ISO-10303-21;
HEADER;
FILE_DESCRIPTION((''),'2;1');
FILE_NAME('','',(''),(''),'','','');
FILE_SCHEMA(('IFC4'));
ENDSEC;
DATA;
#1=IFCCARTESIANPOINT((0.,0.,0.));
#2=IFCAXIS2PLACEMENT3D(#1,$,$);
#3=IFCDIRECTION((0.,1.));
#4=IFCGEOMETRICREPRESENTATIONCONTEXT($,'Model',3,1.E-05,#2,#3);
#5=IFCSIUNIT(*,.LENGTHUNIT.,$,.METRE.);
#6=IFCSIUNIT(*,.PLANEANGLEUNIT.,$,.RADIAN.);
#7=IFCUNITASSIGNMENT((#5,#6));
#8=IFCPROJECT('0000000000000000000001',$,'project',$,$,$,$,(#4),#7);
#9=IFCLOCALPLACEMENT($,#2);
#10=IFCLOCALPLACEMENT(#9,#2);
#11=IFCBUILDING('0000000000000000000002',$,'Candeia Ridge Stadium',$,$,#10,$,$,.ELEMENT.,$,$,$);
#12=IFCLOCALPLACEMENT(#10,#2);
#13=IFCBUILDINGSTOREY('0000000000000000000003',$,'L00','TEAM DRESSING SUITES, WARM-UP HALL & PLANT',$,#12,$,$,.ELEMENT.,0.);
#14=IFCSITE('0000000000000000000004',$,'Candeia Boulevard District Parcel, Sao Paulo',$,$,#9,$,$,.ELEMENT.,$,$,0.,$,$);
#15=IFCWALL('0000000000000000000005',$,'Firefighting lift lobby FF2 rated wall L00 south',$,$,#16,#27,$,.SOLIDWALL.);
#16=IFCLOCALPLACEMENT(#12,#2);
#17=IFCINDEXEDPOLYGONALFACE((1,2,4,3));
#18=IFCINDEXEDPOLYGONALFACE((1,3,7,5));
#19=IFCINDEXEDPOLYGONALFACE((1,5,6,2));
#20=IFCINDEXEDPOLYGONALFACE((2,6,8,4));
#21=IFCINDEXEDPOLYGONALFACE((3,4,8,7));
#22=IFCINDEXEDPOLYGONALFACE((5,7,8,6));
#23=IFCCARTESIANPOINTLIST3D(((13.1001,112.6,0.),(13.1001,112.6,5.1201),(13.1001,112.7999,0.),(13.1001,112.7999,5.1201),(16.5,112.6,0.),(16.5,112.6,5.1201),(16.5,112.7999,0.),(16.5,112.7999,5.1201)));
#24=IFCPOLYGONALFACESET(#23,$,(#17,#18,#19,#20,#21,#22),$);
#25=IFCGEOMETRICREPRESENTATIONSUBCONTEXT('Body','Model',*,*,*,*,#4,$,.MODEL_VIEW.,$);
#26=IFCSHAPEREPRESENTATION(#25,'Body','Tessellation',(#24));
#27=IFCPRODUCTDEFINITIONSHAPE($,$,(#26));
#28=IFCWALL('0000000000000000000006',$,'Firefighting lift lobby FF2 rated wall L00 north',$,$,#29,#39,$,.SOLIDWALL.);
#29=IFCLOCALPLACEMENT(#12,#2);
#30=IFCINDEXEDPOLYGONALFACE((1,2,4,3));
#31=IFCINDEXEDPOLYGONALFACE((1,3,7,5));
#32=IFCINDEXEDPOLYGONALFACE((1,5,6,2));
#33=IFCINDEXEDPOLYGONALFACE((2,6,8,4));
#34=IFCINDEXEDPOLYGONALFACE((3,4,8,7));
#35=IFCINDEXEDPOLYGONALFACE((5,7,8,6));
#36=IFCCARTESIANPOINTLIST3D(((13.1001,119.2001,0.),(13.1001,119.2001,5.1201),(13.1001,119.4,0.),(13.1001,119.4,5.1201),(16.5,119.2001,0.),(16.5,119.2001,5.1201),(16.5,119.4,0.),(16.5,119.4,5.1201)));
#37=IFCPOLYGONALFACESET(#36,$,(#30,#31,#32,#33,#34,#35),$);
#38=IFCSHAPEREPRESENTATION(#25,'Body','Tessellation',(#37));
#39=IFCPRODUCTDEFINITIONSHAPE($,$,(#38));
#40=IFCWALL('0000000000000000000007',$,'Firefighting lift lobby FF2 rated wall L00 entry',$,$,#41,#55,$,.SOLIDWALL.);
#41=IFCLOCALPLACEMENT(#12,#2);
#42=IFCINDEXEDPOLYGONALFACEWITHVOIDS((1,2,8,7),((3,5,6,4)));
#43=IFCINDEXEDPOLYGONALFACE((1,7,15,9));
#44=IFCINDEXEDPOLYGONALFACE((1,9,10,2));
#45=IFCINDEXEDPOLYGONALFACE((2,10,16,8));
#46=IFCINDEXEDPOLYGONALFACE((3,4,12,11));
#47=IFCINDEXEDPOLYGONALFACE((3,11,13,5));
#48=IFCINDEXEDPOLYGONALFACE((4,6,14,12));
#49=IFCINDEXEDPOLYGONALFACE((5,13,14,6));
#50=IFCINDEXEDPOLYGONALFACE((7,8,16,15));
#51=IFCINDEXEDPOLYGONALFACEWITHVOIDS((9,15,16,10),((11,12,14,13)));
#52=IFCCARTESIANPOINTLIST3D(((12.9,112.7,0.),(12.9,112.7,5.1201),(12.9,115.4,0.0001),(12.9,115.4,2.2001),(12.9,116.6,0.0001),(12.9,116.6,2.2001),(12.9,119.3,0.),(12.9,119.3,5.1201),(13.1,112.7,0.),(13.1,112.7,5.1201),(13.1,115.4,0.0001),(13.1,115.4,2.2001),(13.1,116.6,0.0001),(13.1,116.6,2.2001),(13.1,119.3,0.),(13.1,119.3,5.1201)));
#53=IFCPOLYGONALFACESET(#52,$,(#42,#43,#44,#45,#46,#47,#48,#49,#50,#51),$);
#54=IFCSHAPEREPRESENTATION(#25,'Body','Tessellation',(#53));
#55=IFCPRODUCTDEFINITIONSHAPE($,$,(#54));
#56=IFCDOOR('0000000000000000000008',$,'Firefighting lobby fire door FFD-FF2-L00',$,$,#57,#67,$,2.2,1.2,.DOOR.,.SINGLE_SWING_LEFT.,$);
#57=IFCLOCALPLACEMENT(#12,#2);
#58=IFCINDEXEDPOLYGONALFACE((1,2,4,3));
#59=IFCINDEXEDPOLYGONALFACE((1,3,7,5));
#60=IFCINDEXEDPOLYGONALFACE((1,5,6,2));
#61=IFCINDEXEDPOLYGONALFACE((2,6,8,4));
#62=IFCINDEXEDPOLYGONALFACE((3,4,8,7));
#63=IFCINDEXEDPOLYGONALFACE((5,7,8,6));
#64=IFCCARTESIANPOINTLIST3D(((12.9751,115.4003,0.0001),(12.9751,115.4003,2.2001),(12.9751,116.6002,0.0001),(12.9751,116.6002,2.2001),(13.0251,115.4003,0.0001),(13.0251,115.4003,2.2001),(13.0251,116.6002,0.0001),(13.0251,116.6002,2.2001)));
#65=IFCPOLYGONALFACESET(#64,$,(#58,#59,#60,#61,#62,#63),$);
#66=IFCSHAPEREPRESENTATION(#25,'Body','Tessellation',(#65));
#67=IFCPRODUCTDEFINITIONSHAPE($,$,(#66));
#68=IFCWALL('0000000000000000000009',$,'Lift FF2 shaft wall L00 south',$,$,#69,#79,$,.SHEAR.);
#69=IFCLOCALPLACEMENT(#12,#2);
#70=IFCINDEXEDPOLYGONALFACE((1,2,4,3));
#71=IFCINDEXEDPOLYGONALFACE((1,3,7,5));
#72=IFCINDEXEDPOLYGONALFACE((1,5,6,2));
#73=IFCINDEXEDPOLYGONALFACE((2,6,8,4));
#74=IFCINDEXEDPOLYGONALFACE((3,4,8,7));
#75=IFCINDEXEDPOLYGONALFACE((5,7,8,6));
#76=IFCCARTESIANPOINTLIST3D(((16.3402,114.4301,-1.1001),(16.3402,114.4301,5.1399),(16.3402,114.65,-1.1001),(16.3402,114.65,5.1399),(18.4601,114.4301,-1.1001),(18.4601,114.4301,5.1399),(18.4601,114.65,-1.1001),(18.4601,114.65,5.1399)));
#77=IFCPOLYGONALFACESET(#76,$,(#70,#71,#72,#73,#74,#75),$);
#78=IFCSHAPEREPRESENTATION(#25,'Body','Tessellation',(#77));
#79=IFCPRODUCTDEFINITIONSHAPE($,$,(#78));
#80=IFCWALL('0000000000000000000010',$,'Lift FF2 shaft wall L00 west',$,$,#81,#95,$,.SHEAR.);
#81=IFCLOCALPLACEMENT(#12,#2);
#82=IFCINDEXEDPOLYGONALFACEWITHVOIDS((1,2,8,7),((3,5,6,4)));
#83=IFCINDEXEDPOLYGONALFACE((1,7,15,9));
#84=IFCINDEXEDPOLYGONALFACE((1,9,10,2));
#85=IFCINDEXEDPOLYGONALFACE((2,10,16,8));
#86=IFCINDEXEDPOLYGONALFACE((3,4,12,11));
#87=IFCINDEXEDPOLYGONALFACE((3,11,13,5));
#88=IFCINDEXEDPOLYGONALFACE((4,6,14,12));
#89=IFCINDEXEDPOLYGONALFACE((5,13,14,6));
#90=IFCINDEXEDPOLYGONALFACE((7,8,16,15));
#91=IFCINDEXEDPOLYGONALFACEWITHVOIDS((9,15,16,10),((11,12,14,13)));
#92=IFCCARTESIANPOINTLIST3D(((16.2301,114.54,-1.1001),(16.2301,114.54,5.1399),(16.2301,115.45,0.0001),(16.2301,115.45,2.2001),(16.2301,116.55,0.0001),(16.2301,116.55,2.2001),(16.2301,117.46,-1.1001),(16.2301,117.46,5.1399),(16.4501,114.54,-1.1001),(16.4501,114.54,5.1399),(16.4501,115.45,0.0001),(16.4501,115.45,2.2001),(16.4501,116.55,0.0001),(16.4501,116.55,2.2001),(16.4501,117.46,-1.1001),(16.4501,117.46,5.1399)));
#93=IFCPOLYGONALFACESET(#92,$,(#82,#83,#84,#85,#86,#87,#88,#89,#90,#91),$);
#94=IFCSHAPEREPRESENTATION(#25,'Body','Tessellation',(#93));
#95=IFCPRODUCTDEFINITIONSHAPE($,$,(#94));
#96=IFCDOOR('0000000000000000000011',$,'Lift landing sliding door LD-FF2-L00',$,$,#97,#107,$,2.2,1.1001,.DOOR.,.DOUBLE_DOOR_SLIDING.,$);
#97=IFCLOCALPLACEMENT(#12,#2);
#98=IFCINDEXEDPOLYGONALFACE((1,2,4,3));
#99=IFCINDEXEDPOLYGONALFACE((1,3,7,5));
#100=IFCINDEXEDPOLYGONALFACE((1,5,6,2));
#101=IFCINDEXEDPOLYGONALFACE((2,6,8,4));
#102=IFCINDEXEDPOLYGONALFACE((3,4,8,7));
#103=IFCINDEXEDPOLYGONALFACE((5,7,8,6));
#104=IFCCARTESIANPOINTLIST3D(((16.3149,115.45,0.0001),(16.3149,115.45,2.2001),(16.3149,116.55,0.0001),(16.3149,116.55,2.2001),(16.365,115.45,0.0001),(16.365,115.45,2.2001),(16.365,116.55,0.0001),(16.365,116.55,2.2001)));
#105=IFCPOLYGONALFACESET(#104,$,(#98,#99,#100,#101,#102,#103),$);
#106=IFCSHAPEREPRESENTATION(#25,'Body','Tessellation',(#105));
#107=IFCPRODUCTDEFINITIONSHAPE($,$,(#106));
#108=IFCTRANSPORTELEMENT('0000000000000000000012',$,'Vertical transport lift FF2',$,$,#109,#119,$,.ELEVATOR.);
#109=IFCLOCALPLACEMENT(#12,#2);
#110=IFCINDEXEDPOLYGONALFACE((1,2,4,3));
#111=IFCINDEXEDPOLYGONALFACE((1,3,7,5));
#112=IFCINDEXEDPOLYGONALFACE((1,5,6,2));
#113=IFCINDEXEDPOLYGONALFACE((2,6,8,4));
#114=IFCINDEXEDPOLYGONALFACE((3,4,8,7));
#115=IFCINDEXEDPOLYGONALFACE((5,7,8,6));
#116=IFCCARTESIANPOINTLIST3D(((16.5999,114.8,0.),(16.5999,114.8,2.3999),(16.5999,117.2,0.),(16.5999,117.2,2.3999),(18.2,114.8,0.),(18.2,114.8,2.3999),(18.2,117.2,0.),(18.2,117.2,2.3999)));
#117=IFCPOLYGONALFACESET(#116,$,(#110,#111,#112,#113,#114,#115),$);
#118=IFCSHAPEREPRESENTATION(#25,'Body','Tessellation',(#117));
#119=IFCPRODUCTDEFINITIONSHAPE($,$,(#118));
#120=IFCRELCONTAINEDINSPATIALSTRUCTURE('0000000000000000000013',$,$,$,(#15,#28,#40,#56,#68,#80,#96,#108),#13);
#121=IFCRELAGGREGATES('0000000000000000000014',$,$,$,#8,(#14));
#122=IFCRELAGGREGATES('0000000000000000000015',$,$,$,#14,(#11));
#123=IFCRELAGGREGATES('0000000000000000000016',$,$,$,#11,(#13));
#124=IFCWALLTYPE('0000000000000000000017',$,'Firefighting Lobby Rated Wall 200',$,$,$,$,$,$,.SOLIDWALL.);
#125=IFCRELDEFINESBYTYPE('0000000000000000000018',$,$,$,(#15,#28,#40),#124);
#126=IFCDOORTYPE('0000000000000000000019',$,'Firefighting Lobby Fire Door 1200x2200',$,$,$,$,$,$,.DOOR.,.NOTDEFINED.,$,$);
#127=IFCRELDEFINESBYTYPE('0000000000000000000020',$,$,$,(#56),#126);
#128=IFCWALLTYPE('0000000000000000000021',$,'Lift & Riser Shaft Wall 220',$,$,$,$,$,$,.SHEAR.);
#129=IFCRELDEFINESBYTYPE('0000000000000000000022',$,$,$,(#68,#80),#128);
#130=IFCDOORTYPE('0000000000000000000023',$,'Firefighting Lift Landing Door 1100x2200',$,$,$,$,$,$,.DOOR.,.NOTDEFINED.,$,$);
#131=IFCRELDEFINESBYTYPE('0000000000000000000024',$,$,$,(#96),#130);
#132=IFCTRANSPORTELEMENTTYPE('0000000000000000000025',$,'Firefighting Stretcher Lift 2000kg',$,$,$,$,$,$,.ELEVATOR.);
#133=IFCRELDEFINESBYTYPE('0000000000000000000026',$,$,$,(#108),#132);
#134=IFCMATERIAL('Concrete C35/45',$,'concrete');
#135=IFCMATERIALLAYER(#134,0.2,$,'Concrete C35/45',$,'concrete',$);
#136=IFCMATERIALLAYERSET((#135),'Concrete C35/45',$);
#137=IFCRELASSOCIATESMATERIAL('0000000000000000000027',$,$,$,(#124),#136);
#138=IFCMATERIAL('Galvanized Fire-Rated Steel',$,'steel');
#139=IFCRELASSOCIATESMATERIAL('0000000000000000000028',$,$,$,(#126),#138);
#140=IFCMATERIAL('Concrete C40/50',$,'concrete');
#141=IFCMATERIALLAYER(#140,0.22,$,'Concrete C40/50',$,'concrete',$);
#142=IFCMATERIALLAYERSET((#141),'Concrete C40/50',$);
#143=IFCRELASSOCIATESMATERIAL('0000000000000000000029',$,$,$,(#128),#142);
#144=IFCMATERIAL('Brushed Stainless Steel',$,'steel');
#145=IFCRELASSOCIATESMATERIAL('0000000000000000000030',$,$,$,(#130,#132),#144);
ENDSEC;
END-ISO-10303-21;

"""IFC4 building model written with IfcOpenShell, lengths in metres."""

from ifc_helpers import new_model, si_unit, direction, frame, frame_2d, origin, origin_2d, place, context, subcontext, project, spatial, rectangle, extrude, material, layer, layer_set, type_object, element, fill, save


model = new_model("IFC4")

# Units and contexts
model_context = context("Model", 3, precision=1e-05, world=origin(), true_north=direction((0.0, 1.0)))
body_context = subcontext(model_context, "Body", "Model", "MODEL_VIEW")
ifc_project = project(units=[si_unit("LENGTHUNIT", "METRE"), si_unit("PLANEANGLEUNIT", "RADIAN")], contexts=[model_context])

# Site, building, storey
site_placement = place(None, origin())
site = spatial("IfcSite", under=ifc_project, at=site_placement, Name="Candeia Boulevard District Parcel, Sao Paulo", CompositionType="ELEMENT", RefElevation=0.0)
building_placement = place(site_placement, origin())
building = spatial("IfcBuilding", under=site, at=building_placement, Name="Candeia Ridge Stadium", CompositionType="ELEMENT")
storey_placement = place(building_placement, origin())
storey = spatial("IfcBuildingStorey", under=building, at=storey_placement, Name="L00", Description="TEAM DRESSING SUITES, WARM-UP HALL & PLANT", CompositionType="ELEMENT", Elevation=0.0)

# Shared definitions
ifc_material_1 = material(Name="Concrete C40/50", Category="concrete")

# Shared definitions
ifc_material_2 = material(Name="Brushed Stainless Steel", Category="steel")

# Walls
ifc_material_3 = material(Name="Concrete C35/45", Category="concrete")
ifc_layer_1 = layer(ifc_material_3, 0.2, Name="Concrete C35/45", Category="concrete")
ifc_layer_set_1 = layer_set([ifc_layer_1], Name="Concrete C35/45")
wall_type_1 = type_object("IfcWallType", Name="Firefighting Lobby Rated Wall 200", PredefinedType="SOLIDWALL", material=ifc_layer_set_1)
for number, where, z_axis, x_axis, name in (
    (1, (13.1001, 112.7, 0.0), (0.0, 0.0, 1.0), (1.0, 0.0, 0.0), "Firefighting lift lobby FF2 rated wall L00 south"),
    (2, (16.5, 119.3, 0.0), (0.0, 0.0, 1.0), (-1.0, 0.0, 0.0), "Firefighting lift lobby FF2 rated wall L00 north"),
):
    element("IfcWall", number, at=place(storey_placement, frame(where, z_axis=z_axis, x_axis=x_axis)), inside=storey, type_object=wall_type_1, Name=name, PredefinedType="SOLIDWALL", context=body_context, shape_type="SweptSolid", body=[
        extrude(rectangle(XDim=3.3999, YDim=0.2, at=frame_2d((1.7, 0.0))), origin(), (0.0, 0.0, 1.0), 5.1201),
    ])

# Wall, opening, door
wall_1_placement = place(storey_placement, frame((13.0, 119.3, 0.0), z_axis=(0.0, 0.0, 1.0), x_axis=(0.0, -1.0, 0.0)))
wall_1 = element("IfcWall", 3, at=wall_1_placement, inside=storey, type_object=wall_type_1, Name="Firefighting lift lobby FF2 rated wall L00 entry", PredefinedType="SOLIDWALL", context=body_context, shape_type="SweptSolid", body=[
    extrude(rectangle(XDim=6.6001, YDim=0.2, at=frame_2d((3.3, 0.0))), origin(), (0.0, 0.0, 1.0), 5.1201),
])
opening_1_placement = place(wall_1_placement, frame((2.7, 0.0, 0.0)))
opening_1 = element("IfcOpeningElement", 4, at=opening_1_placement, cuts=wall_1, PredefinedType="OPENING", context=body_context, shape_type="SweptSolid", body=[
    extrude(rectangle(XDim=1.2, YDim=2.2, at=frame_2d((0.6001, 1.1001))), frame((0.0, 0.1099, 0.0), z_axis=(0.0, -1.0, 0.0), x_axis=(1.0, 0.0, 0.0)), (0.0, 0.0, 1.0), 0.22),
])
ifc_material_4 = material(Name="Galvanized Fire-Rated Steel", Category="steel")
door_type_1 = type_object("IfcDoorType", Name="Firefighting Lobby Fire Door 1200x2200", OperationType="NOTDEFINED", PredefinedType="DOOR", material=ifc_material_4)
door_1_placement = place(opening_1_placement, frame((1.2, 0.0, 0.0), z_axis=(0.0, 0.0, 1.0), x_axis=(-1.0, 0.0, 0.0)))
door_1 = element("IfcDoor", 5, at=door_1_placement, inside=storey, type_object=door_type_1, Name="Firefighting lobby fire door FFD-FF2-L00", OperationType="SINGLE_SWING_LEFT", OverallHeight=2.2, OverallWidth=1.2, PredefinedType="DOOR", context=body_context, shape_type="SweptSolid", body=[
    extrude(rectangle(XDim=1.2, YDim=2.2, at=frame_2d((0.6001, 1.1001))), frame((0.0, 0.0249, 0.0), z_axis=(0.0, -1.0, 0.0), x_axis=(1.0, 0.0, 0.0)), (0.0, 0.0, 1.0), 0.05),
])
fill(opening_1, door_1)

# Wall
ifc_layer_2 = layer(ifc_material_1, 0.22, Name="Concrete C40/50", Category="concrete")
ifc_layer_set_2 = layer_set([ifc_layer_2], Name="Concrete C40/50")
wall_type_2 = type_object("IfcWallType", Name="Lift & Riser Shaft Wall 220", PredefinedType="SHEAR", material=ifc_layer_set_2)
wall_2_placement = place(storey_placement, frame((16.3401, 114.54, -1.1001), z_axis=(0.0, 0.0, 1.0), x_axis=(1.0, 0.0, 0.0)))
element("IfcWall", 6, at=wall_2_placement, inside=storey, type_object=wall_type_2, Name="Lift FF2 shaft wall L00 south", PredefinedType="SHEAR", context=body_context, shape_type="SweptSolid", body=[
    extrude(rectangle(XDim=2.1199, YDim=0.22, at=frame_2d((1.0601, 0.0))), origin(), (0.0, 0.0, 1.0), 6.24),
])

# Wall, opening, door
wall_3_placement = place(storey_placement, frame((16.3401, 117.46, -1.1001), z_axis=(0.0, 0.0, 1.0), x_axis=(0.0, -1.0, 0.0)))
wall_3 = element("IfcWall", 7, at=wall_3_placement, inside=storey, type_object=wall_type_2, Name="Lift FF2 shaft wall L00 west", PredefinedType="SHEAR", context=body_context, shape_type="SweptSolid", body=[
    extrude(rectangle(XDim=2.9199, YDim=0.22, at=frame_2d((1.46, 0.0))), origin(), (0.0, 0.0, 1.0), 6.24),
])
opening_2_placement = place(wall_3_placement, frame((0.9099, 0.0, 1.1001)))
opening_2 = element("IfcOpeningElement", 8, at=opening_2_placement, cuts=wall_3, PredefinedType="OPENING", context=body_context, shape_type="SweptSolid", body=[
    extrude(rectangle(XDim=1.1001, YDim=2.2, at=frame_2d((0.55, 1.1001))), frame((0.0, 0.1199, 0.0), z_axis=(0.0, -1.0, 0.0), x_axis=(1.0, 0.0, 0.0)), (0.0, 0.0, 1.0), 0.24),
])
door_type_2 = type_object("IfcDoorType", Name="Firefighting Lift Landing Door 1100x2200", OperationType="NOTDEFINED", PredefinedType="DOOR", material=ifc_material_2)
door_2_placement = place(opening_2_placement, origin())
door_2 = element("IfcDoor", 9, at=door_2_placement, inside=storey, type_object=door_type_2, Name="Lift landing sliding door LD-FF2-L00", OperationType="DOUBLE_DOOR_SLIDING", OverallHeight=2.2, OverallWidth=1.1001, PredefinedType="DOOR", context=body_context, shape_type="SweptSolid", body=[
    extrude(rectangle(XDim=1.1001, YDim=2.2, at=frame_2d((0.55, 1.1001))), frame((0.0, 0.0249, 0.0), z_axis=(0.0, -1.0, 0.0), x_axis=(1.0, 0.0, 0.0)), (0.0, 0.0, 1.0), 0.05),
])
fill(opening_2, door_2)

# Transport element
transport_element_type = type_object("IfcTransportElementType", Name="Firefighting Stretcher Lift 2000kg", PredefinedType="ELEVATOR", material=ifc_material_2)
transport_element_placement = place(storey_placement, frame((17.3999, 116.0, 0.0), z_axis=(0.0, 0.0, 1.0), x_axis=(1.0, 0.0, 0.0)))
element("IfcTransportElement", 10, at=transport_element_placement, inside=storey, type_object=transport_element_type, Name="Vertical transport lift FF2", PredefinedType="ELEVATOR", context=body_context, shape_type="SweptSolid", body=[
    extrude(rectangle(XDim=1.6001, YDim=2.3999, at=origin_2d()), origin(), (0.0, 0.0, 1.0), 2.3999),
])

save(model, "model.ifc")
